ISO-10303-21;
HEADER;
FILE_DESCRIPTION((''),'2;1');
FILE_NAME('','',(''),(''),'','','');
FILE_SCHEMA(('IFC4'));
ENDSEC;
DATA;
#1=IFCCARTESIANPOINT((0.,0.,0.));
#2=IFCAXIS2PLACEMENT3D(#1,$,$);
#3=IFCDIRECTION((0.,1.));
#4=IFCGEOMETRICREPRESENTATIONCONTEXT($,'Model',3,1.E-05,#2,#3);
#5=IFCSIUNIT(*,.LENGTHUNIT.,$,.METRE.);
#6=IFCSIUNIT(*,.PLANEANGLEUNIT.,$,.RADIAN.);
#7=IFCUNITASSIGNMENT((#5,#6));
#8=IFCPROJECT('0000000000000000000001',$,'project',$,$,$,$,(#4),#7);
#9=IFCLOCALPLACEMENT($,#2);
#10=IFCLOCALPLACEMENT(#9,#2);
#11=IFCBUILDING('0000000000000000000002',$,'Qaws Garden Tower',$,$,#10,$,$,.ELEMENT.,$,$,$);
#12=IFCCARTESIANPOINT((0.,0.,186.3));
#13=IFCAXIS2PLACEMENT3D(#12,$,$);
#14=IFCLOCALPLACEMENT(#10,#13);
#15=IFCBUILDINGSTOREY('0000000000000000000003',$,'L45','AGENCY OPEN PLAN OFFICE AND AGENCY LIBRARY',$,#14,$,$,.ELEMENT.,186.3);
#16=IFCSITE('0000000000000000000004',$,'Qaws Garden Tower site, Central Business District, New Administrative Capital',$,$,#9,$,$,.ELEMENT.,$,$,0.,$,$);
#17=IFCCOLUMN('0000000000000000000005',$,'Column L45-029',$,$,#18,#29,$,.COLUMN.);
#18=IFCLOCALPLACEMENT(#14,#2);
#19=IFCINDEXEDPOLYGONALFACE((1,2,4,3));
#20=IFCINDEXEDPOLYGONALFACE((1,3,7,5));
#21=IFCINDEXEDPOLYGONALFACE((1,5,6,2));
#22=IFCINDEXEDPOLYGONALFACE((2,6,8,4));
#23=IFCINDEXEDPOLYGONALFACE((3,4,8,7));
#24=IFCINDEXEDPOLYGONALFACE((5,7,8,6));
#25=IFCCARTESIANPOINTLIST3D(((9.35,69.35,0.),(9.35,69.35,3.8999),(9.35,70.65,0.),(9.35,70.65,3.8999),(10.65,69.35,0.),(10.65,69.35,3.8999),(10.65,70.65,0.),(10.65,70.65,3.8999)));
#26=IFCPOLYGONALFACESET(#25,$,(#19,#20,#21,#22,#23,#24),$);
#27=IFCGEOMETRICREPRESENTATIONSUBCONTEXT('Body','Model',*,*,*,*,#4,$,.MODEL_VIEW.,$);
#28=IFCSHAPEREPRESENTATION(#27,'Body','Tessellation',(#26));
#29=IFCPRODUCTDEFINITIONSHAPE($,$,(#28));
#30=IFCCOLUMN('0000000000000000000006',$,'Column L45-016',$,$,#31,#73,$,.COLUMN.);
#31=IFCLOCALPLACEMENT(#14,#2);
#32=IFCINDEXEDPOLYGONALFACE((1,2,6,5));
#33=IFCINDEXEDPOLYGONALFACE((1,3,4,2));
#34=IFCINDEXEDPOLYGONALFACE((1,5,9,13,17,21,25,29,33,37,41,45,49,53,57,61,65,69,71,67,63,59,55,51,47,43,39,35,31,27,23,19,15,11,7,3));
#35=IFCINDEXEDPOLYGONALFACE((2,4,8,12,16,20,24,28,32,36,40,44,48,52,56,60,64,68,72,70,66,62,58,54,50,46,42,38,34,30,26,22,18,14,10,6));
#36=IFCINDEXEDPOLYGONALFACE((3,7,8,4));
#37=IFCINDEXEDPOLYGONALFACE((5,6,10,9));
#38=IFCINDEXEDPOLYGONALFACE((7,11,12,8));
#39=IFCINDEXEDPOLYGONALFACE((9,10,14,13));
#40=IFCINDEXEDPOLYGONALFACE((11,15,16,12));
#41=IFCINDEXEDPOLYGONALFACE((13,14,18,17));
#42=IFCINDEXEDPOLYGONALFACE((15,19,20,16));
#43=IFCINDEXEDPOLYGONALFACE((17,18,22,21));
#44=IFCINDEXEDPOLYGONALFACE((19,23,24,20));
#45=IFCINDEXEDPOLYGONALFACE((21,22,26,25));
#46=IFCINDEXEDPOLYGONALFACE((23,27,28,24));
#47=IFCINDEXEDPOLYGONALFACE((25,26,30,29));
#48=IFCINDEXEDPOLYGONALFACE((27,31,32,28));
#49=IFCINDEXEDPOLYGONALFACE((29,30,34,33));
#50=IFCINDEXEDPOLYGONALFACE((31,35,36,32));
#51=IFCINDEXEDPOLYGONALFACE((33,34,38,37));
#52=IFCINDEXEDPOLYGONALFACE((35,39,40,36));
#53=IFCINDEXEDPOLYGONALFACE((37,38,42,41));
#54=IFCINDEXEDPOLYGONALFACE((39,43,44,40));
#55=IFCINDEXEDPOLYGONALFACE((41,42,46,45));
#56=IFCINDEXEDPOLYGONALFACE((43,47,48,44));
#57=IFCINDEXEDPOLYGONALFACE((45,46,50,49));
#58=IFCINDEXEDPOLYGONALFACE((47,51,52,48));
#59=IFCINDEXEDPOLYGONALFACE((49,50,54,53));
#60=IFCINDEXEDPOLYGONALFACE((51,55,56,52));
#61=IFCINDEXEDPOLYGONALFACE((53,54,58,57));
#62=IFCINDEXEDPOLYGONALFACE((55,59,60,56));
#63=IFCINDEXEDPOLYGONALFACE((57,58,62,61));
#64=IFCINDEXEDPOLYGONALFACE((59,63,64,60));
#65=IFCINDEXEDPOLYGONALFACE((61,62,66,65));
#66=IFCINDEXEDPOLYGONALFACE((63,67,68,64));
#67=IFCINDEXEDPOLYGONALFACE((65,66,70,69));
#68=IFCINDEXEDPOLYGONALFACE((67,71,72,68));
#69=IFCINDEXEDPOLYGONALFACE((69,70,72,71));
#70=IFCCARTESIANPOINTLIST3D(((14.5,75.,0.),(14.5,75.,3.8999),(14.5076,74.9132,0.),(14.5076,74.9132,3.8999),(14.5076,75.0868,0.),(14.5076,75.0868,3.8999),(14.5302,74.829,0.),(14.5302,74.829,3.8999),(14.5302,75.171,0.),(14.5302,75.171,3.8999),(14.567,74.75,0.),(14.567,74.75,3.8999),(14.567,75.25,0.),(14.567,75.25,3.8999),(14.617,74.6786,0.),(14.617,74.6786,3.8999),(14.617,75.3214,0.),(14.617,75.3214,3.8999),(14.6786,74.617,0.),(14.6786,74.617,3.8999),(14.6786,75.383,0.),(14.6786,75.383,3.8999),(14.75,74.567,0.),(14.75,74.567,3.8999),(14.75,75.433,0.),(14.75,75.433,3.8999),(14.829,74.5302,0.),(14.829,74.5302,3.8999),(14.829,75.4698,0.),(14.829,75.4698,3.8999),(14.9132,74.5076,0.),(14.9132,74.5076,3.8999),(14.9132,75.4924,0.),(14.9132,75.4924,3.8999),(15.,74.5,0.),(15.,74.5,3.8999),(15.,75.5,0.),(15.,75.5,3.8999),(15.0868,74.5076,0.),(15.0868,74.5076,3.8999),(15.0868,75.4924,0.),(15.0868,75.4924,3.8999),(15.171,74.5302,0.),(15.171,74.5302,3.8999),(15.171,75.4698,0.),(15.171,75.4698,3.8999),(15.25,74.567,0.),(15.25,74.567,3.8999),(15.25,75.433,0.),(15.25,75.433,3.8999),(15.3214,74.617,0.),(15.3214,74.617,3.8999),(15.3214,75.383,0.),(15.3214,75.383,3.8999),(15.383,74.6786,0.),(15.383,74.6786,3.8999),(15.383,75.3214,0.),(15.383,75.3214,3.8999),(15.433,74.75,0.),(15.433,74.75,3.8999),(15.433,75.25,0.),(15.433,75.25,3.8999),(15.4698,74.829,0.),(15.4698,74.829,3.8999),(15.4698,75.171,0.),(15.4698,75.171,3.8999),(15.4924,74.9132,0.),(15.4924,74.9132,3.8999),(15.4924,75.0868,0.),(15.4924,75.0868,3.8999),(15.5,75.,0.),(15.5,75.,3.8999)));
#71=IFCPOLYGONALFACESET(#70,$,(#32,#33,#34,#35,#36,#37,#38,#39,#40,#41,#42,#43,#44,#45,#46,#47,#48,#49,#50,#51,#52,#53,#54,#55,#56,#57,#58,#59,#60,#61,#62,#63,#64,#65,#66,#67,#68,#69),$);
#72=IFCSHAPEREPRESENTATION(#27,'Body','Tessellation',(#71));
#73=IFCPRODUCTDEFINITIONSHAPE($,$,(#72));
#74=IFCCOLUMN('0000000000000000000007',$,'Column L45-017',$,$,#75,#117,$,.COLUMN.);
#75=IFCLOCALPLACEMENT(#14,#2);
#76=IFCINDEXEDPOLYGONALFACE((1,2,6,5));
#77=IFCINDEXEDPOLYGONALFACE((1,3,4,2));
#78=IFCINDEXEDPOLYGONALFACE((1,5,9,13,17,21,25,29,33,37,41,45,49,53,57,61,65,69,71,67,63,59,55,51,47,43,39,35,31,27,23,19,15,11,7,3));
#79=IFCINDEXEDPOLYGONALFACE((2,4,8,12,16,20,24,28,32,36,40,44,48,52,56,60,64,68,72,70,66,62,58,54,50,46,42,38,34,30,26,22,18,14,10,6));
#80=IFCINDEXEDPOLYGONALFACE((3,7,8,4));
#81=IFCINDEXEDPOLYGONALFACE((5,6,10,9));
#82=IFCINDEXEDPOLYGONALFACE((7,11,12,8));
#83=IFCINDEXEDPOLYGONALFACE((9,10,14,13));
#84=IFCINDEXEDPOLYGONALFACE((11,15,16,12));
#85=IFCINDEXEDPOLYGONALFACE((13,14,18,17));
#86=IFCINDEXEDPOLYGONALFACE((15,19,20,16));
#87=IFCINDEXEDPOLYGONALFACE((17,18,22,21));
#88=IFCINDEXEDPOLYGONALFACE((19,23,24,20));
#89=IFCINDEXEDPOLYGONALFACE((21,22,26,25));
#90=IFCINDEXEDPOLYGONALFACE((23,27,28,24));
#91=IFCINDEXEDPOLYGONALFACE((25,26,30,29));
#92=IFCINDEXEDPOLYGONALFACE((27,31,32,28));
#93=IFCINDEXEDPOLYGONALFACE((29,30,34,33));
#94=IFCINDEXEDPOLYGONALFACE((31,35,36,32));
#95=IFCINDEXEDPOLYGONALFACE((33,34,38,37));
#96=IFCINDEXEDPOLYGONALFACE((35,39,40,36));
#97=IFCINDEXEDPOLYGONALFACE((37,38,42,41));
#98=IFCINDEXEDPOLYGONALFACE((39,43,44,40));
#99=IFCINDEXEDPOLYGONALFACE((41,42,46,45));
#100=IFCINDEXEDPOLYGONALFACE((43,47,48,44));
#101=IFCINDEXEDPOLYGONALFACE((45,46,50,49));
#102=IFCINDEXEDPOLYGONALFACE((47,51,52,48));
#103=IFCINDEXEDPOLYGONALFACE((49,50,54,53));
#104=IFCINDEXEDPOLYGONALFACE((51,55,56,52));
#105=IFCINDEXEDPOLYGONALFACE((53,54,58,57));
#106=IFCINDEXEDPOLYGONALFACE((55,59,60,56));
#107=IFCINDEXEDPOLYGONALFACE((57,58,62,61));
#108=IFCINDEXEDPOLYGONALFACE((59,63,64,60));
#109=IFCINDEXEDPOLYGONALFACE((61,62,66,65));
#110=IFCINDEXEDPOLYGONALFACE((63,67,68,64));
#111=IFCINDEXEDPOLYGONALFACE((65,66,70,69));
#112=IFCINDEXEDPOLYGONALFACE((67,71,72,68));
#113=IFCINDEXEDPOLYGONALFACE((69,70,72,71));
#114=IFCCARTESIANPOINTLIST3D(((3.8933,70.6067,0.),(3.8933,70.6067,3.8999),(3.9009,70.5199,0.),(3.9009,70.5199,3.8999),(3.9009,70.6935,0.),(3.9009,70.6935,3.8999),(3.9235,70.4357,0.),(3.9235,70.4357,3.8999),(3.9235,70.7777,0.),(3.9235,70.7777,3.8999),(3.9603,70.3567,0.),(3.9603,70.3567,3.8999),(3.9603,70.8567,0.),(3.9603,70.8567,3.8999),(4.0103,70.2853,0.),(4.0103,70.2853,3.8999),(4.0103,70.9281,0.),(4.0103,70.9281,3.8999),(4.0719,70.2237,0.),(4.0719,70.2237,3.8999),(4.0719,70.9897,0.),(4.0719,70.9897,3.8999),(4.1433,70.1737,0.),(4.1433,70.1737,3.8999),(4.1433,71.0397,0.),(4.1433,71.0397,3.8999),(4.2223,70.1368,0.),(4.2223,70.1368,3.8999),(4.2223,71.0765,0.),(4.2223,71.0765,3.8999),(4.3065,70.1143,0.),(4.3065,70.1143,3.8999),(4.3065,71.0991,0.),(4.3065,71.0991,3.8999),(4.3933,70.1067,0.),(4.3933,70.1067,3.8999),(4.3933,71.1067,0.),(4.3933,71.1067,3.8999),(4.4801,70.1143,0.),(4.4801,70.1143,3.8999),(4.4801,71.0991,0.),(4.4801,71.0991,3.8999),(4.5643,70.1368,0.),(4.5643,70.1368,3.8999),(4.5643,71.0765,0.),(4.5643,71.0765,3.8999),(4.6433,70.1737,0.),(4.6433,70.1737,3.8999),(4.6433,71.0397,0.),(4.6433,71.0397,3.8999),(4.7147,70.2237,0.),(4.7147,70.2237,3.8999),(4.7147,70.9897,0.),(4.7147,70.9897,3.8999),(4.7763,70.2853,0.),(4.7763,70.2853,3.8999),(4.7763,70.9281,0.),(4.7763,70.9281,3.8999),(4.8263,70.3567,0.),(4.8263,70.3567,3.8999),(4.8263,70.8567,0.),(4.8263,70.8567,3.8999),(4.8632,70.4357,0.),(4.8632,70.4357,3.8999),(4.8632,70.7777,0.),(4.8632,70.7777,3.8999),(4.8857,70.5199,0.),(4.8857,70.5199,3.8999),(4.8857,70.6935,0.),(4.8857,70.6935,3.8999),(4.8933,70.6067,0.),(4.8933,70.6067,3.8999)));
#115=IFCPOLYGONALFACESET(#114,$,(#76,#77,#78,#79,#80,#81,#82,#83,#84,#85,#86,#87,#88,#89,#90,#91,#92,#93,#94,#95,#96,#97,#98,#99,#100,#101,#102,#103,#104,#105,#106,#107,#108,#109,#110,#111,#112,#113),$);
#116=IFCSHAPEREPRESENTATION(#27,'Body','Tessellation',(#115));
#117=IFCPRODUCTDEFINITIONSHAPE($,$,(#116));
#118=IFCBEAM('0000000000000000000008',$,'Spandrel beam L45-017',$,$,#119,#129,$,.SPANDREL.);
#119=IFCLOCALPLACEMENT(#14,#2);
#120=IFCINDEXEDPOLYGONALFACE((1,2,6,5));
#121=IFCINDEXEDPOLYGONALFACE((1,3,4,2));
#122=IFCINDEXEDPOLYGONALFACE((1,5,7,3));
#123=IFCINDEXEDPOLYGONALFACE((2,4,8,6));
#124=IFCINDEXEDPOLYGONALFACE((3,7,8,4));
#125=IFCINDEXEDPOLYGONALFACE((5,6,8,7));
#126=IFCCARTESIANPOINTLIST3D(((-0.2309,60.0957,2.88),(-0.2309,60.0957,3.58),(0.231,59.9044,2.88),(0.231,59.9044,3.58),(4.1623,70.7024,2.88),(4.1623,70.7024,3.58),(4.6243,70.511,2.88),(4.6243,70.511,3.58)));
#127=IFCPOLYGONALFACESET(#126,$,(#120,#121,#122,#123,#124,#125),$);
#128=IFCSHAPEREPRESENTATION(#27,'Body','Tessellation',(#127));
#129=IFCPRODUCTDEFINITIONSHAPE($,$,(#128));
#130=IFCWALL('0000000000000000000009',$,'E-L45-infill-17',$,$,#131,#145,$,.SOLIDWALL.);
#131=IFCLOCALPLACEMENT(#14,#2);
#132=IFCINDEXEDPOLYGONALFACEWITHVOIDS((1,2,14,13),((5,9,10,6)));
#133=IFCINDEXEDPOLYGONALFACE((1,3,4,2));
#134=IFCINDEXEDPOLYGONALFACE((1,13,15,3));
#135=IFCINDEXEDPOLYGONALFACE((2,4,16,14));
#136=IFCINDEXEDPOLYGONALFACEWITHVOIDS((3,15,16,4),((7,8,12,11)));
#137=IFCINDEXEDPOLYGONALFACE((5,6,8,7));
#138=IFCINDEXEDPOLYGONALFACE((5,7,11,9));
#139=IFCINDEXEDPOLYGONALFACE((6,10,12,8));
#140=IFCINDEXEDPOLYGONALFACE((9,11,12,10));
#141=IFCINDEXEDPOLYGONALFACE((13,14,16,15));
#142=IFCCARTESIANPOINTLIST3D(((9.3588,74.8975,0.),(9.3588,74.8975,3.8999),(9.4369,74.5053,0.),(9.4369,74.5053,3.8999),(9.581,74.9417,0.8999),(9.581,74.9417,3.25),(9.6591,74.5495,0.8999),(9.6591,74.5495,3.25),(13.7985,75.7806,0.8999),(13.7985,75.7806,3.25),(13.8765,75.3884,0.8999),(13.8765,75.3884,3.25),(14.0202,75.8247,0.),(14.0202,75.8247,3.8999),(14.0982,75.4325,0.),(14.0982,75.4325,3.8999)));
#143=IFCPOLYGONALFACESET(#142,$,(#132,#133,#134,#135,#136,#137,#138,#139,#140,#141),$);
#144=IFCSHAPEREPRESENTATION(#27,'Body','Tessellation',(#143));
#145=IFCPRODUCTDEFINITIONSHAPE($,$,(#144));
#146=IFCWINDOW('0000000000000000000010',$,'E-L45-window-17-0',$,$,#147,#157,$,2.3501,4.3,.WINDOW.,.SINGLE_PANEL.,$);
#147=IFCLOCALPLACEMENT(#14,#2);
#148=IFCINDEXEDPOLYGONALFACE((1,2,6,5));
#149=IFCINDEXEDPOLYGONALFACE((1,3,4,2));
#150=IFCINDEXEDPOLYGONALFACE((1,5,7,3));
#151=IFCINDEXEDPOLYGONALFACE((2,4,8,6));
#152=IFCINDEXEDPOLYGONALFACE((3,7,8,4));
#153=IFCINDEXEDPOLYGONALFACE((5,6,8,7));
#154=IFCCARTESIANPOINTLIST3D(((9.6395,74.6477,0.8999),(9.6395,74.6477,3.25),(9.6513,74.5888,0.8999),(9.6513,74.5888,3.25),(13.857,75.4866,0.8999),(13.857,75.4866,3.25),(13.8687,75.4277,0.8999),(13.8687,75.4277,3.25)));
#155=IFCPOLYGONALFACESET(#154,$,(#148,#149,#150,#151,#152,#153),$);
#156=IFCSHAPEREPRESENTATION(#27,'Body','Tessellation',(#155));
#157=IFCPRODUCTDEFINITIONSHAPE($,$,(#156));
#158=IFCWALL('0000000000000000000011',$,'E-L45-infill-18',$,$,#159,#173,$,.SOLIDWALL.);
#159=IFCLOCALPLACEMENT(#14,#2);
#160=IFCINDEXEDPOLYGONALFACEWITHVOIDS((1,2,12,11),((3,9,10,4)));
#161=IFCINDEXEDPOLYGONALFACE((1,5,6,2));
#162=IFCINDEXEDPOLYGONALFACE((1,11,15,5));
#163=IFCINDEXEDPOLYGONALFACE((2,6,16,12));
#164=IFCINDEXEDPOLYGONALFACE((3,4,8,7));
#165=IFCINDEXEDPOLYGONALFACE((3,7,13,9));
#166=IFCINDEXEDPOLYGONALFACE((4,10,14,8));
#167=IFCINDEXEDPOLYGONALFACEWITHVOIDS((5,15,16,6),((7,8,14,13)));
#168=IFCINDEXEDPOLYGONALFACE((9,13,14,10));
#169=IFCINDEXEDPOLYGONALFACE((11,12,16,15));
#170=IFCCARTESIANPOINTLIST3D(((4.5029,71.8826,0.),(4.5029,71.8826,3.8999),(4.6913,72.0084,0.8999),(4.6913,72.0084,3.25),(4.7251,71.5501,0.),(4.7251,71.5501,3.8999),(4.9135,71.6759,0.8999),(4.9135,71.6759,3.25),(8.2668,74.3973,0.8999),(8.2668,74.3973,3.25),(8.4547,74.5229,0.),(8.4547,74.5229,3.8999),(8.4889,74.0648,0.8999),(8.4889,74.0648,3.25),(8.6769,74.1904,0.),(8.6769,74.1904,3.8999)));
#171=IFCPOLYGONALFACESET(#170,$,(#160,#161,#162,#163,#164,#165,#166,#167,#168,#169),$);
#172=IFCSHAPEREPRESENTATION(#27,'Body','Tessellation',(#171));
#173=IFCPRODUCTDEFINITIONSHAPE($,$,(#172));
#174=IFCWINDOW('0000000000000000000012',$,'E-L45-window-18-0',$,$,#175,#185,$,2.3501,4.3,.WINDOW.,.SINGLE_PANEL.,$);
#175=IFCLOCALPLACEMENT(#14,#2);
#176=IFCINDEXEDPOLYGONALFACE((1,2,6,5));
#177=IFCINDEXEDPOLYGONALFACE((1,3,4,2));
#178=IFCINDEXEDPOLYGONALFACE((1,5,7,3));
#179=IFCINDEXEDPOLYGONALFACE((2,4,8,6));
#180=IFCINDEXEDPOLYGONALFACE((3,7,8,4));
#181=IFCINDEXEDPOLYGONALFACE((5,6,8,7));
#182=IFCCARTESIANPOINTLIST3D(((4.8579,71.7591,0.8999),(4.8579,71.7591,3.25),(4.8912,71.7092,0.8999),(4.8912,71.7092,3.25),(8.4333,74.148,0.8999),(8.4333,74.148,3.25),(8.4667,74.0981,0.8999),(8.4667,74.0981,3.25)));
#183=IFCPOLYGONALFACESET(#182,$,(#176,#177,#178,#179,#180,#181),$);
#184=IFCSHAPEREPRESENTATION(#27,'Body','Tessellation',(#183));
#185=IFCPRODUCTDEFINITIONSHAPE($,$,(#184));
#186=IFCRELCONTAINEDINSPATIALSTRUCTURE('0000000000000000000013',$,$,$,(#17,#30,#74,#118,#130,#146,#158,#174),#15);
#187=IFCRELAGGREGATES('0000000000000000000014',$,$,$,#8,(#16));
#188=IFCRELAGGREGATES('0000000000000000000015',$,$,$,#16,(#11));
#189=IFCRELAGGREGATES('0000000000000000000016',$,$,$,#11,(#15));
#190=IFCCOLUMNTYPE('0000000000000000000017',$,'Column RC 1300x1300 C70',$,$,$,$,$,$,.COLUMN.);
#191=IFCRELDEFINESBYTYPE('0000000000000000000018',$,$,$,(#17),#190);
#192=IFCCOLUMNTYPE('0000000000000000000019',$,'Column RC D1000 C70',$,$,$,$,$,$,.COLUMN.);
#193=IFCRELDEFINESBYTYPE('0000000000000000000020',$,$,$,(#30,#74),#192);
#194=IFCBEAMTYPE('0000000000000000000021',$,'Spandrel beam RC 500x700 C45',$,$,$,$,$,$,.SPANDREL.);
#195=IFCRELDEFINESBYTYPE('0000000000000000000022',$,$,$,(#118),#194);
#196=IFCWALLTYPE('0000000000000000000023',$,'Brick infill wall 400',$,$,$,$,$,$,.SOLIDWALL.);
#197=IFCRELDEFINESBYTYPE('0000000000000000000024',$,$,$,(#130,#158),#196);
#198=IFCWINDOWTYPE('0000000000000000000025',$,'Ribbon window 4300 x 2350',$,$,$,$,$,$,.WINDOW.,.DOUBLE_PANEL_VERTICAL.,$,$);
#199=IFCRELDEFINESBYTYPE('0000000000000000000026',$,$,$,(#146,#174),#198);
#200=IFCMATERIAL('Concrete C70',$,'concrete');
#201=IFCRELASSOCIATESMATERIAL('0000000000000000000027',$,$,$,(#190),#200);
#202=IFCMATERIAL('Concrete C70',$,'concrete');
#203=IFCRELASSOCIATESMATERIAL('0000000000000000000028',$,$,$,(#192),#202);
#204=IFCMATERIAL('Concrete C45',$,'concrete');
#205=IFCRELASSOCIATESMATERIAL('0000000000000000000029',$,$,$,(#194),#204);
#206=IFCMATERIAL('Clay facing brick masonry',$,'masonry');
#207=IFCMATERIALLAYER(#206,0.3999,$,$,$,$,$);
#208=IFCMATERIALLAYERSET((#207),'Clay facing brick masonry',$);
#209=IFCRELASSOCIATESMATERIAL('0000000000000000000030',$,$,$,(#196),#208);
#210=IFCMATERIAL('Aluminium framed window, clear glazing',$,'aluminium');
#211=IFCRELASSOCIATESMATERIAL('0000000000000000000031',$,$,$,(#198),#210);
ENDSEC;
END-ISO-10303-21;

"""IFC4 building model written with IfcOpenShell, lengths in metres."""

from ifc_helpers import new_model, si_unit, direction, frame, frame_2d, origin, origin_2d, place, context, subcontext, project, spatial, rectangle, circle, extrude, material, layer, layer_set, material_profile, profile_set, type_object, element, fill, save


model = new_model("IFC4")

# Units and contexts
model_context = context("Model", 3, precision=1e-05, world=origin(), true_north=direction((0.0, 1.0)))
body_context = subcontext(model_context, "Body", "Model", "MODEL_VIEW")
ifc_project = project(units=[si_unit("LENGTHUNIT", "METRE"), si_unit("PLANEANGLEUNIT", "RADIAN")], contexts=[model_context])

# Site, building, storey
site_placement = place(None, origin())
site = spatial("IfcSite", under=ifc_project, at=site_placement, Name="Qaws Garden Tower site, Central Business District, New Administrative Capital", CompositionType="ELEMENT", RefElevation=0.0)
building_placement = place(site_placement, origin())
building = spatial("IfcBuilding", under=site, at=building_placement, Name="Qaws Garden Tower", CompositionType="ELEMENT")
storey_placement = place(building_placement, frame((0.0, 0.0, 186.3)))
storey = spatial("IfcBuildingStorey", under=building, at=storey_placement, Name="L45", Description="AGENCY OPEN PLAN OFFICE AND AGENCY LIBRARY", CompositionType="ELEMENT", Elevation=186.3)

# Columns
ifc_material_1 = material(Name="Concrete C70", Category="concrete")
ifc_material_profile_1 = material_profile(ifc_material_1, rectangle(XDim=1.3, YDim=1.3, at=origin_2d()), Name="RC 1300x1300")
ifc_profile_set_1 = profile_set([ifc_material_profile_1], Name="Concrete C70")
column_type_1 = type_object("IfcColumnType", Name="Column RC 1300x1300 C70", PredefinedType="COLUMN", material=ifc_profile_set_1)
column_placement = place(storey_placement, frame((10.0, 70.0, 0.0), z_axis=(0.0, 0.0, 1.0), x_axis=(1.0, 0.0, 0.0)))
element("IfcColumn", 1, at=column_placement, inside=storey, type_object=column_type_1, Name="Column L45-029", PredefinedType="COLUMN", context=body_context, shape_type="SweptSolid", body=[
    extrude(rectangle(XDim=1.3, YDim=1.3, at=origin_2d()), origin(), (0.0, 0.0, 1.0), 3.8999),
])
ifc_material_2 = material(Name="Concrete C70", Category="concrete")
ifc_material_profile_2 = material_profile(ifc_material_2, circle(Radius=0.5, at=origin_2d()), Name="RC D1000")
ifc_profile_set_2 = profile_set([ifc_material_profile_2], Name="Concrete C70")
column_type_2 = type_object("IfcColumnType", Name="Column RC D1000 C70", PredefinedType="COLUMN", material=ifc_profile_set_2)
for number, where, z_axis, x_axis, name in (
    (2, (15.0, 75.0, 0.0), (0.0, 0.0, 1.0), (1.0, 0.0, 0.0), "Column L45-016"),
    (3, (4.3933, 70.6067, 0.0), (0.0, 0.0, 1.0), (1.0, 0.0, 0.0), "Column L45-017"),
):
    element("IfcColumn", number, at=place(storey_placement, frame(where, z_axis=z_axis, x_axis=x_axis)), inside=storey, type_object=column_type_2, Name=name, PredefinedType="COLUMN", context=body_context, shape_type="SweptSolid", body=[
        extrude(circle(Radius=0.5, at=origin_2d()), origin(), (0.0, 0.0, 1.0), 3.8999),
    ])

# Beam
ifc_material_3 = material(Name="Concrete C45", Category="concrete")
ifc_material_profile_3 = material_profile(ifc_material_3, rectangle(XDim=0.5, YDim=0.7, at=origin_2d()), Name="RC 500x700")
ifc_profile_set_3 = profile_set([ifc_material_profile_3], Name="Concrete C45")
beam_type = type_object("IfcBeamType", Name="Spandrel beam RC 500x700 C45", PredefinedType="SPANDREL", material=ifc_profile_set_3)
beam_placement = place(storey_placement, frame((4.3933, 70.6067, 3.23), z_axis=(-0.382674, -0.923883, 0.0), x_axis=(0.923883, -0.382674, 0.0)))
element("IfcBeam", 4, at=beam_placement, inside=storey, type_object=beam_type, Name="Spandrel beam L45-017", PredefinedType="SPANDREL", context=body_context, shape_type="SweptSolid", body=[
    extrude(rectangle(XDim=0.5, YDim=0.7, at=origin_2d()), origin(), (0.0, 0.0, 1.0), 11.4805),
])

# Walls, openings, windows
ifc_material_4 = material(Name="Clay facing brick masonry", Category="masonry")
ifc_layer_1 = layer(ifc_material_4, 0.3999)
ifc_layer_set_1 = layer_set([ifc_layer_1], Name="Clay facing brick masonry")
wall_type_1 = type_object("IfcWallType", Name="Brick infill wall 400", PredefinedType="SOLIDWALL", material=ifc_layer_set_1)
wall_1_placement = place(storey_placement, frame((14.0593, 75.6287, 0.0), z_axis=(0.0, 0.0, 1.0), x_axis=(-0.980784, -0.195099, 0.0)))
wall_1 = element("IfcWall", 5, at=wall_1_placement, inside=storey, type_object=wall_type_1, Name="E-L45-infill-17", PredefinedType="SOLIDWALL", context=body_context, shape_type="SweptSolid", body=[
    extrude(rectangle(XDim=4.7527, YDim=0.3999, at=frame_2d((2.3765, 0.0))), origin(), (0.0, 0.0, 1.0), 3.8999),
])
opening_1_placement = place(wall_1_placement, frame((0.2263, 0.0, 0.8999)))
opening_1 = element("IfcOpeningElement", 6, at=opening_1_placement, cuts=wall_1, PredefinedType="OPENING", context=body_context, shape_type="SweptSolid", body=[
    extrude(rectangle(XDim=4.3, YDim=2.3501, at=frame_2d((2.1499, 1.175))), frame((0.0, 0.21, 0.0), z_axis=(0.0, -1.0, 0.0), x_axis=(1.0, 0.0, 0.0)), (0.0, 0.0, 1.0), 0.4199),
])
ifc_material_5 = material(Name="Aluminium framed window, clear glazing", Category="aluminium")
window_type = type_object("IfcWindowType", Name="Ribbon window 4300 x 2350", PartitioningType="DOUBLE_PANEL_VERTICAL", PredefinedType="WINDOW", material=ifc_material_5)
window_1_placement = place(opening_1_placement, origin())
window_1 = element("IfcWindow", 7, at=window_1_placement, inside=storey, type_object=window_type, Name="E-L45-window-17-0", OverallHeight=2.3501, OverallWidth=4.3, PartitioningType="SINGLE_PANEL", PredefinedType="WINDOW", context=body_context, shape_type="SweptSolid", body=[
    extrude(rectangle(XDim=4.3, YDim=2.3501, at=frame_2d((2.1499, 1.175))), frame((0.0, 0.1599, 0.0), z_axis=(0.0, -1.0, 0.0), x_axis=(1.0, 0.0, 0.0)), (0.0, 0.0, 1.0), 0.0601),
])
fill(opening_1, window_1)
wall_2_placement = place(storey_placement, frame((8.5659, 74.3567, 0.0), z_axis=(0.0, 0.0, 1.0), x_axis=(-0.831489, -0.555542, 0.0)))
wall_2 = element("IfcWall", 8, at=wall_2_placement, inside=storey, type_object=wall_type_1, Name="E-L45-infill-18", PredefinedType="SOLIDWALL", context=body_context, shape_type="SweptSolid", body=[
    extrude(rectangle(XDim=4.7527, YDim=0.3999, at=frame_2d((2.3765, 0.0))), origin(), (0.0, 0.0, 1.0), 3.8999),
])
opening_2_placement = place(wall_2_placement, frame((0.2263, 0.0, 0.8999)))
opening_2 = element("IfcOpeningElement", 9, at=opening_2_placement, cuts=wall_2, PredefinedType="OPENING", context=body_context, shape_type="SweptSolid", body=[
    extrude(rectangle(XDim=4.3, YDim=2.3501, at=frame_2d((2.1499, 1.175))), frame((0.0, 0.21, 0.0), z_axis=(0.0, -1.0, 0.0), x_axis=(1.0, 0.0, 0.0)), (0.0, 0.0, 1.0), 0.4199),
])
window_2_placement = place(opening_2_placement, origin())
window_2 = element("IfcWindow", 10, at=window_2_placement, inside=storey, type_object=window_type, Name="E-L45-window-18-0", OverallHeight=2.3501, OverallWidth=4.3, PartitioningType="SINGLE_PANEL", PredefinedType="WINDOW", context=body_context, shape_type="SweptSolid", body=[
    extrude(rectangle(XDim=4.3, YDim=2.3501, at=frame_2d((2.1499, 1.175))), frame((0.0, 0.1599, 0.0), z_axis=(0.0, -1.0, 0.0), x_axis=(1.0, 0.0, 0.0)), (0.0, 0.0, 1.0), 0.0601),
])
fill(opening_2, window_2)

save(model, "model.ifc")
